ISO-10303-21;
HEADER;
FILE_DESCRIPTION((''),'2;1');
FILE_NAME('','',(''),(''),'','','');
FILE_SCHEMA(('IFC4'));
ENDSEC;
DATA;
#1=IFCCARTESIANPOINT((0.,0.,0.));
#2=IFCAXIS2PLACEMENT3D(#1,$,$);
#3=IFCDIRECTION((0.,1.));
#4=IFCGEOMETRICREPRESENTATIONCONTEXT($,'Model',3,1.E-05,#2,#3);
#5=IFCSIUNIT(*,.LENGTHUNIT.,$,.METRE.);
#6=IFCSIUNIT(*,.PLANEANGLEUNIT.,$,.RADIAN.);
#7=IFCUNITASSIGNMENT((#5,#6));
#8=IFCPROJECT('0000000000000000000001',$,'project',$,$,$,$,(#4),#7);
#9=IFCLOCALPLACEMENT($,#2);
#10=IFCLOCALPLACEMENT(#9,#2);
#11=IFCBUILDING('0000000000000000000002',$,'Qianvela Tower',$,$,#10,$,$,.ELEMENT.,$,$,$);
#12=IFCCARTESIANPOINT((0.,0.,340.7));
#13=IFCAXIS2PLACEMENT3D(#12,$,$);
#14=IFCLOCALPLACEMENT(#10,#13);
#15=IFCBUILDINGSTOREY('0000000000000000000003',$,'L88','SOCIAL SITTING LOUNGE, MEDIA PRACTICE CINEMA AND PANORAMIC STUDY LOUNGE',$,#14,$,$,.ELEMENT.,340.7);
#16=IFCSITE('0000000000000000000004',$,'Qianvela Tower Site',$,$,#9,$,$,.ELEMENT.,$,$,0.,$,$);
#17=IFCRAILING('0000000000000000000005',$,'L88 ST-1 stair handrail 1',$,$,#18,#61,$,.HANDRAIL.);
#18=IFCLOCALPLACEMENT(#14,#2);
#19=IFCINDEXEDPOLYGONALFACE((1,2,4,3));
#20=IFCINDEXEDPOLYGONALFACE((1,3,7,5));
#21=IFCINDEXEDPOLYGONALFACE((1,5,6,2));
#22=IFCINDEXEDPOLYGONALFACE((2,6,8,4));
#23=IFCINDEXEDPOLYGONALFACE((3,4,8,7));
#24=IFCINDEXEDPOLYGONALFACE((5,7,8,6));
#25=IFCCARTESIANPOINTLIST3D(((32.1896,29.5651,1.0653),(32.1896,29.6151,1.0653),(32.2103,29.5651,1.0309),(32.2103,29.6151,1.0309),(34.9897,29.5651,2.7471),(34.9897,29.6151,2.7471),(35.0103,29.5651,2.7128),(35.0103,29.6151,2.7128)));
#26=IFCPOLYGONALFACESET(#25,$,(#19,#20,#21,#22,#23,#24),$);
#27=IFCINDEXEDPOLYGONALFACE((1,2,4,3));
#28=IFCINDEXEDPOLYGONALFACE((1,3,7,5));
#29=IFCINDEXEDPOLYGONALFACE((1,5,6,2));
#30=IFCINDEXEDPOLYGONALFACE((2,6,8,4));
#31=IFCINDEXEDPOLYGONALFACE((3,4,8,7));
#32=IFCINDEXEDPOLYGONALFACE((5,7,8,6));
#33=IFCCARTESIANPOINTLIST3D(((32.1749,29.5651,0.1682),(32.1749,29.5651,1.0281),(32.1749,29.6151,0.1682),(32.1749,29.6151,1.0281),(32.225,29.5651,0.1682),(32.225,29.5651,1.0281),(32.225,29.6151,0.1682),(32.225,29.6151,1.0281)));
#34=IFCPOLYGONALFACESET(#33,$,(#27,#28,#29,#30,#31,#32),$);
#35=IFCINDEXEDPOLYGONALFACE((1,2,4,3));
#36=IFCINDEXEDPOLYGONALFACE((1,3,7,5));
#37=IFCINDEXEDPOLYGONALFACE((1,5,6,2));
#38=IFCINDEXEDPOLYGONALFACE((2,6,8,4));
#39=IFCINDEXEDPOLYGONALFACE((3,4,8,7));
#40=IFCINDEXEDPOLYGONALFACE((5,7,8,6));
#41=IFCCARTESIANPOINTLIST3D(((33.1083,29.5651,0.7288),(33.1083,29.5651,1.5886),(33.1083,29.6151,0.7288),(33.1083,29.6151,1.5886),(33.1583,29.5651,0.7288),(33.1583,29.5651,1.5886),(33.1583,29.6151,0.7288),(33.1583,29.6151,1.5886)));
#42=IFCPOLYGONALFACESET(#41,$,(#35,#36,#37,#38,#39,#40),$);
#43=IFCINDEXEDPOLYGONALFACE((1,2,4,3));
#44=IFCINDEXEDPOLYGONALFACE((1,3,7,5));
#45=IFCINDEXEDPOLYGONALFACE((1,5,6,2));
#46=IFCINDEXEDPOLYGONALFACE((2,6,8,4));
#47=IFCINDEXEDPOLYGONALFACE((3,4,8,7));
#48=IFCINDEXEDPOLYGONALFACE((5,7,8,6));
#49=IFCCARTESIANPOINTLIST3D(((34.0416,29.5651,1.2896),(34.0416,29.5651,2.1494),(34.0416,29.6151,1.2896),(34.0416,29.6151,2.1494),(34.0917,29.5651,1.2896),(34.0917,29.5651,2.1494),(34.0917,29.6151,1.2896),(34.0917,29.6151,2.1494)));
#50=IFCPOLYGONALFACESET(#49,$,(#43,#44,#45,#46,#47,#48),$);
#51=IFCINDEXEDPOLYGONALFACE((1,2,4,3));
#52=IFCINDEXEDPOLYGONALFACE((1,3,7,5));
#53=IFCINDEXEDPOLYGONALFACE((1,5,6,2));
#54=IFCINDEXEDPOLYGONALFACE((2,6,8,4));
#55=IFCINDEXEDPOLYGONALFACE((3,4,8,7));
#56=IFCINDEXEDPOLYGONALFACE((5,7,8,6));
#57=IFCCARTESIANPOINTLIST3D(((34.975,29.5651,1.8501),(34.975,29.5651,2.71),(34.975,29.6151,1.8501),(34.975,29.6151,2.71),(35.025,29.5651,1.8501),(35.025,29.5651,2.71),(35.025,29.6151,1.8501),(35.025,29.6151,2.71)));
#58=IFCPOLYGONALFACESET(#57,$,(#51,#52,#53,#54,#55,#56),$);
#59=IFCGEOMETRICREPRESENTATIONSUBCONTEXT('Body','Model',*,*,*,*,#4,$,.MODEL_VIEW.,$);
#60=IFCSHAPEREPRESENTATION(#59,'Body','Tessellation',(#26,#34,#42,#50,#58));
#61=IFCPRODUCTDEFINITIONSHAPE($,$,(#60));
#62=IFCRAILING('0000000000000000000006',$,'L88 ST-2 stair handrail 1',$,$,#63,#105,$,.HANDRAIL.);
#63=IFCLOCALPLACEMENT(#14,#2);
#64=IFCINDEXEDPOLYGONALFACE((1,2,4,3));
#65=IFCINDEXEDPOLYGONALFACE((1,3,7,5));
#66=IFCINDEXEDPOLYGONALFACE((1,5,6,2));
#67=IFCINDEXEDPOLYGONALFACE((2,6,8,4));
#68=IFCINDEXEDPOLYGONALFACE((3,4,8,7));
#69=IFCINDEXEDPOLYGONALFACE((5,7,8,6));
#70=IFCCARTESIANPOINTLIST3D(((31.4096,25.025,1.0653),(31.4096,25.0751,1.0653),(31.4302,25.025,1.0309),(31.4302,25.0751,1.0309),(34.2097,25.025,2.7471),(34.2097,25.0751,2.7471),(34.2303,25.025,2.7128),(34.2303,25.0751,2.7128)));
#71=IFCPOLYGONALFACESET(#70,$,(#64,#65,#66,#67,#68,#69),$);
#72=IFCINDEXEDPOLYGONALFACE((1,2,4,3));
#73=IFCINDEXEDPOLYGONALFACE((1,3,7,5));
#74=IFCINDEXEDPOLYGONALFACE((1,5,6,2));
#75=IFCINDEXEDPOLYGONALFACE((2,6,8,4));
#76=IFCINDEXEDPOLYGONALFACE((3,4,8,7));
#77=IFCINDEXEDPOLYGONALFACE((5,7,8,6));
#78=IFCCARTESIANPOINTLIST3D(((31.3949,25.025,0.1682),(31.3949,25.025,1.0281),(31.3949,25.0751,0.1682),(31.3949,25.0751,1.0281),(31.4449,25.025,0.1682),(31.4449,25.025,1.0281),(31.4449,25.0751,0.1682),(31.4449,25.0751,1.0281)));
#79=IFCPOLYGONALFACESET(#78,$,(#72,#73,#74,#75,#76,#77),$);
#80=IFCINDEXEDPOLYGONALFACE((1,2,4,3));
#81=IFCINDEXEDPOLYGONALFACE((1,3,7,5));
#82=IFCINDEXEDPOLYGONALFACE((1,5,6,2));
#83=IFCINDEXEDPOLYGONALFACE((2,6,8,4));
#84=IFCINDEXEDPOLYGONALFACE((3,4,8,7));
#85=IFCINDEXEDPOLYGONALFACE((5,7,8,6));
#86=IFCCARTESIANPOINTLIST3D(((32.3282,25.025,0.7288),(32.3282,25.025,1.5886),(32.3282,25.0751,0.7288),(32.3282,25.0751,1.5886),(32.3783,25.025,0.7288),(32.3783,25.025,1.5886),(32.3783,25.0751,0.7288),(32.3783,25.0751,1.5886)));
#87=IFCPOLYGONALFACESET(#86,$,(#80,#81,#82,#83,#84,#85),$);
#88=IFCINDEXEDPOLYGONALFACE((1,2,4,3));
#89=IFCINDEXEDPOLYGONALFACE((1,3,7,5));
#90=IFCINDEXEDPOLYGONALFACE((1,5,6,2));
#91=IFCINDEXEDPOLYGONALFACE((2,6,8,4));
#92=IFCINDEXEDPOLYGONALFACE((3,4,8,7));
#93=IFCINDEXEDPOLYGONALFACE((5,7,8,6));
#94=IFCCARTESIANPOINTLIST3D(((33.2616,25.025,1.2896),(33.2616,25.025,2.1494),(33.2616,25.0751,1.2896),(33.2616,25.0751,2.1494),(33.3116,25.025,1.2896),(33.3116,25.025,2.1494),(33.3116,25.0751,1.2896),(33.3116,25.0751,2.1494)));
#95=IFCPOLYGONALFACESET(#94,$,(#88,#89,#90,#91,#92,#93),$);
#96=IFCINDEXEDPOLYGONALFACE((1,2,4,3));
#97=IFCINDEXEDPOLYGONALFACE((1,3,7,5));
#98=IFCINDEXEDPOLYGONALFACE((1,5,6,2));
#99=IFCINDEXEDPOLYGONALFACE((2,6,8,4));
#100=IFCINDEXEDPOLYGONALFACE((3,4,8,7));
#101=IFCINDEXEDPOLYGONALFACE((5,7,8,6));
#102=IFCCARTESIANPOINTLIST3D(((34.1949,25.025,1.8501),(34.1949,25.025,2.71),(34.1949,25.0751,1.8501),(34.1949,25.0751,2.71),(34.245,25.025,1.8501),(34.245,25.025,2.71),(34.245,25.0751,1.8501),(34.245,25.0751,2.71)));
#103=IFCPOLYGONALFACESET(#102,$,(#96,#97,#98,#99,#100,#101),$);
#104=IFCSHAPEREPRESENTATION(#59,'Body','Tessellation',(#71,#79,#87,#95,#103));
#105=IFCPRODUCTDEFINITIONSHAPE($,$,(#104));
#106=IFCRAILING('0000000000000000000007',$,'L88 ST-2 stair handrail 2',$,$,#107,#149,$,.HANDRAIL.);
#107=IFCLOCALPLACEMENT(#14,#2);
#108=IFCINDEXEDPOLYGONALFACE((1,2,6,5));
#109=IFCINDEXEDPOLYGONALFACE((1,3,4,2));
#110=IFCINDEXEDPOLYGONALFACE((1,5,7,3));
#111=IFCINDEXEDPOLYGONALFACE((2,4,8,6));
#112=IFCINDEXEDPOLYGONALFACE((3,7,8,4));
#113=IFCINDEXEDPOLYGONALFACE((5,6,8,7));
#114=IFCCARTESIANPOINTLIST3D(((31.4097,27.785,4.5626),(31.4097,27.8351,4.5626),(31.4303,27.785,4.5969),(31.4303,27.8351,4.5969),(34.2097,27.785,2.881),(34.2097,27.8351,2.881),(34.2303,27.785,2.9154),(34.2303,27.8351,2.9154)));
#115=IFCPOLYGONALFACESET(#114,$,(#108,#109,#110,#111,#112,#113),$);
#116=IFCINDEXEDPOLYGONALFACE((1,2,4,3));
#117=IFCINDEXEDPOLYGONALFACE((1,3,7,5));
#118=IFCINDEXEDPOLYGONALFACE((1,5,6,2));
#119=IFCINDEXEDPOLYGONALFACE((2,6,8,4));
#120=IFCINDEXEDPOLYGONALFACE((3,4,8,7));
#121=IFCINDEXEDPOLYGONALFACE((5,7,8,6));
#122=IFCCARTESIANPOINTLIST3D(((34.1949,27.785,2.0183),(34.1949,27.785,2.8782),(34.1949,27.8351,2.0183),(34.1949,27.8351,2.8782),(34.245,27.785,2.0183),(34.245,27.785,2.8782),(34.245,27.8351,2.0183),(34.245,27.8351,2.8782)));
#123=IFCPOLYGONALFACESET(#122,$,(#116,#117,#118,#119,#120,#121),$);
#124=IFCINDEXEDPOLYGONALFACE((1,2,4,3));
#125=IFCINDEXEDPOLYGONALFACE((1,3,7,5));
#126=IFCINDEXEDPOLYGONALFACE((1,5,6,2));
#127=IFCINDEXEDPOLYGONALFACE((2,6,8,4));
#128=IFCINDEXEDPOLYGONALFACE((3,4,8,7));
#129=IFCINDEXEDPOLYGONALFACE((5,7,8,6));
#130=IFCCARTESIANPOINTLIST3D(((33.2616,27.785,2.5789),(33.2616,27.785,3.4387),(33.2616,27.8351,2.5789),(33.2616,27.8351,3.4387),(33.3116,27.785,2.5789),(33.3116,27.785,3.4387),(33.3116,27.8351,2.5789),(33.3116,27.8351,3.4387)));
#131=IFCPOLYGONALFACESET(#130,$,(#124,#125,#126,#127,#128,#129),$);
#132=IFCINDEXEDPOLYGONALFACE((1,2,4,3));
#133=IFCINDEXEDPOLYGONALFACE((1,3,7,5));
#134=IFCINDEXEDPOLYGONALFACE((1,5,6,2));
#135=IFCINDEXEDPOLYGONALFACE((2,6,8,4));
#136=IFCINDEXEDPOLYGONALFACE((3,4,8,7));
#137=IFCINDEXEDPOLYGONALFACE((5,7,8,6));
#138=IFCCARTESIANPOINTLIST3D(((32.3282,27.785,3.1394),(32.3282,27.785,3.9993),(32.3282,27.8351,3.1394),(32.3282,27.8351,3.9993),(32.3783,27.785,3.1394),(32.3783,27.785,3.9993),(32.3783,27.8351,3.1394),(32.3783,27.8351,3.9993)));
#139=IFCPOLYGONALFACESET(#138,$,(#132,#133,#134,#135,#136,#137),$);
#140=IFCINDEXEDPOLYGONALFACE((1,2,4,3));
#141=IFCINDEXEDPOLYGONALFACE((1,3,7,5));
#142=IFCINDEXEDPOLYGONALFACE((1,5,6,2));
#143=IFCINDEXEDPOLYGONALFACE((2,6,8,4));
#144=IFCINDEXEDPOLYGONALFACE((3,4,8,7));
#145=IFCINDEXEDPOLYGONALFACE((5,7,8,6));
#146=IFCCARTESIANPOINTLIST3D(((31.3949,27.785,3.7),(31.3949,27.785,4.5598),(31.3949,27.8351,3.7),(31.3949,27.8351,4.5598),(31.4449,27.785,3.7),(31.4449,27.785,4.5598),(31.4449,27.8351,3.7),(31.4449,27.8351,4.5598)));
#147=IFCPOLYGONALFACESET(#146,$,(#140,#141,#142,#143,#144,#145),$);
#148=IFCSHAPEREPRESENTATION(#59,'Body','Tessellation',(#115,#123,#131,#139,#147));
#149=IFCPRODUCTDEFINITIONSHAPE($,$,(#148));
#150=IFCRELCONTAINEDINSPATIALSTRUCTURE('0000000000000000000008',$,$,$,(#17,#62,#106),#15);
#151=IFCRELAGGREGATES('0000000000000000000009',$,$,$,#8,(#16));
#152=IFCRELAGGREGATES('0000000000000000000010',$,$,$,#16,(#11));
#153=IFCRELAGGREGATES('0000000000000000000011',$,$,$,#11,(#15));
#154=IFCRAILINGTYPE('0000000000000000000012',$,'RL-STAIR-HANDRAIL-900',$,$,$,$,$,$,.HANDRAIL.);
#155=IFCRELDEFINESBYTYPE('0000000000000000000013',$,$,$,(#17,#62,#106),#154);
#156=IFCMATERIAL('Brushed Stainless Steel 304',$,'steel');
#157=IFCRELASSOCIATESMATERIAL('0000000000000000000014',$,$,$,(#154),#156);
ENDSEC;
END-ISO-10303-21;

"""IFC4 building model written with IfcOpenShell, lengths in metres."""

from ifc_helpers import new_model, si_unit, direction, frame, origin, origin_2d, place, context, subcontext, project, spatial, rectangle, extrude, material, type_object, element, save


model = new_model("IFC4")

# Units and contexts
model_context = context("Model", 3, precision=1e-05, world=origin(), true_north=direction((0.0, 1.0)))
body_context = subcontext(model_context, "Body", "Model", "MODEL_VIEW")
ifc_project = project(units=[si_unit("LENGTHUNIT", "METRE"), si_unit("PLANEANGLEUNIT", "RADIAN")], contexts=[model_context])

# Site, building, storey
site_placement = place(None, origin())
site = spatial("IfcSite", under=ifc_project, at=site_placement, Name="Qianvela Tower Site", CompositionType="ELEMENT", RefElevation=0.0)
building_placement = place(site_placement, origin())
building = spatial("IfcBuilding", under=site, at=building_placement, Name="Qianvela Tower", CompositionType="ELEMENT")
storey_placement = place(building_placement, frame((0.0, 0.0, 340.7)))
storey = spatial("IfcBuildingStorey", under=building, at=storey_placement, Name="L88", Description="SOCIAL SITTING LOUNGE, MEDIA PRACTICE CINEMA AND PANORAMIC STUDY LOUNGE", CompositionType="ELEMENT", Elevation=340.7)

# Railings
ifc_material_1 = material(Name="Brushed Stainless Steel 304", Category="steel")
railing_type_1 = type_object("IfcRailingType", Name="RL-STAIR-HANDRAIL-900", PredefinedType="HANDRAIL", material=ifc_material_1)
for number, where, name in (
    (1, (32.2, 29.5901, 0.1682), "L88 ST-1 stair handrail 1"),
    (2, (31.4199, 25.05, 0.1682), "L88 ST-2 stair handrail 1"),
):
    element("IfcRailing", number, at=place(storey_placement, frame(where)), inside=storey, type_object=railing_type_1, Name=name, PredefinedType="HANDRAIL", context=body_context, shape_type="SweptSolid", body=[
        extrude(rectangle(XDim=0.05, YDim=0.04, at=origin_2d()), frame((0.0, 0.0, 0.8799), z_axis=(0.857242, 0.0, 0.514913), x_axis=(0.0, 1.0, 0.0)), (0.0, 0.0, 1.0), 3.2664),
        extrude(rectangle(XDim=0.05, YDim=0.05, at=origin_2d()), origin(), (0.0, 0.0, 1.0), 0.8599),
        extrude(rectangle(XDim=0.05, YDim=0.05, at=origin_2d()), frame((0.9333, 0.0, 0.5605)), (0.0, 0.0, 1.0), 0.8599),
        extrude(rectangle(XDim=0.05, YDim=0.05, at=origin_2d()), frame((1.8667, 0.0, 1.1213)), (0.0, 0.0, 1.0), 0.8599),
        extrude(rectangle(XDim=0.05, YDim=0.05, at=origin_2d()), frame((2.8, 0.0, 1.6819)), (0.0, 0.0, 1.0), 0.8599),
    ])
railing_1_placement = place(storey_placement, frame((34.22, 27.8101, 2.0183)))
element("IfcRailing", 3, at=railing_1_placement, inside=storey, type_object=railing_type_1, Name="L88 ST-2 stair handrail 2", PredefinedType="HANDRAIL", context=body_context, shape_type="SweptSolid", body=[
    extrude(rectangle(XDim=0.05, YDim=0.04, at=origin_2d()), frame((0.0, 0.0, 0.8799), z_axis=(-0.857275, 0.0, 0.514858), x_axis=(0.0, -1.0, 0.0)), (0.0, 0.0, 1.0), 3.2661),
    extrude(rectangle(XDim=0.05, YDim=0.05, at=origin_2d()), origin(), (0.0, 0.0, 1.0), 0.8599),
    extrude(rectangle(XDim=0.05, YDim=0.05, at=origin_2d()), frame((-0.9333, 0.0, 0.5605)), (0.0, 0.0, 1.0), 0.8599),
    extrude(rectangle(XDim=0.05, YDim=0.05, at=origin_2d()), frame((-1.8667, 0.0, 1.1211)), (0.0, 0.0, 1.0), 0.8599),
    extrude(rectangle(XDim=0.05, YDim=0.05, at=origin_2d()), frame((-2.8, 0.0, 1.6816)), (0.0, 0.0, 1.0), 0.8599),
])

save(model, "model.ifc")
